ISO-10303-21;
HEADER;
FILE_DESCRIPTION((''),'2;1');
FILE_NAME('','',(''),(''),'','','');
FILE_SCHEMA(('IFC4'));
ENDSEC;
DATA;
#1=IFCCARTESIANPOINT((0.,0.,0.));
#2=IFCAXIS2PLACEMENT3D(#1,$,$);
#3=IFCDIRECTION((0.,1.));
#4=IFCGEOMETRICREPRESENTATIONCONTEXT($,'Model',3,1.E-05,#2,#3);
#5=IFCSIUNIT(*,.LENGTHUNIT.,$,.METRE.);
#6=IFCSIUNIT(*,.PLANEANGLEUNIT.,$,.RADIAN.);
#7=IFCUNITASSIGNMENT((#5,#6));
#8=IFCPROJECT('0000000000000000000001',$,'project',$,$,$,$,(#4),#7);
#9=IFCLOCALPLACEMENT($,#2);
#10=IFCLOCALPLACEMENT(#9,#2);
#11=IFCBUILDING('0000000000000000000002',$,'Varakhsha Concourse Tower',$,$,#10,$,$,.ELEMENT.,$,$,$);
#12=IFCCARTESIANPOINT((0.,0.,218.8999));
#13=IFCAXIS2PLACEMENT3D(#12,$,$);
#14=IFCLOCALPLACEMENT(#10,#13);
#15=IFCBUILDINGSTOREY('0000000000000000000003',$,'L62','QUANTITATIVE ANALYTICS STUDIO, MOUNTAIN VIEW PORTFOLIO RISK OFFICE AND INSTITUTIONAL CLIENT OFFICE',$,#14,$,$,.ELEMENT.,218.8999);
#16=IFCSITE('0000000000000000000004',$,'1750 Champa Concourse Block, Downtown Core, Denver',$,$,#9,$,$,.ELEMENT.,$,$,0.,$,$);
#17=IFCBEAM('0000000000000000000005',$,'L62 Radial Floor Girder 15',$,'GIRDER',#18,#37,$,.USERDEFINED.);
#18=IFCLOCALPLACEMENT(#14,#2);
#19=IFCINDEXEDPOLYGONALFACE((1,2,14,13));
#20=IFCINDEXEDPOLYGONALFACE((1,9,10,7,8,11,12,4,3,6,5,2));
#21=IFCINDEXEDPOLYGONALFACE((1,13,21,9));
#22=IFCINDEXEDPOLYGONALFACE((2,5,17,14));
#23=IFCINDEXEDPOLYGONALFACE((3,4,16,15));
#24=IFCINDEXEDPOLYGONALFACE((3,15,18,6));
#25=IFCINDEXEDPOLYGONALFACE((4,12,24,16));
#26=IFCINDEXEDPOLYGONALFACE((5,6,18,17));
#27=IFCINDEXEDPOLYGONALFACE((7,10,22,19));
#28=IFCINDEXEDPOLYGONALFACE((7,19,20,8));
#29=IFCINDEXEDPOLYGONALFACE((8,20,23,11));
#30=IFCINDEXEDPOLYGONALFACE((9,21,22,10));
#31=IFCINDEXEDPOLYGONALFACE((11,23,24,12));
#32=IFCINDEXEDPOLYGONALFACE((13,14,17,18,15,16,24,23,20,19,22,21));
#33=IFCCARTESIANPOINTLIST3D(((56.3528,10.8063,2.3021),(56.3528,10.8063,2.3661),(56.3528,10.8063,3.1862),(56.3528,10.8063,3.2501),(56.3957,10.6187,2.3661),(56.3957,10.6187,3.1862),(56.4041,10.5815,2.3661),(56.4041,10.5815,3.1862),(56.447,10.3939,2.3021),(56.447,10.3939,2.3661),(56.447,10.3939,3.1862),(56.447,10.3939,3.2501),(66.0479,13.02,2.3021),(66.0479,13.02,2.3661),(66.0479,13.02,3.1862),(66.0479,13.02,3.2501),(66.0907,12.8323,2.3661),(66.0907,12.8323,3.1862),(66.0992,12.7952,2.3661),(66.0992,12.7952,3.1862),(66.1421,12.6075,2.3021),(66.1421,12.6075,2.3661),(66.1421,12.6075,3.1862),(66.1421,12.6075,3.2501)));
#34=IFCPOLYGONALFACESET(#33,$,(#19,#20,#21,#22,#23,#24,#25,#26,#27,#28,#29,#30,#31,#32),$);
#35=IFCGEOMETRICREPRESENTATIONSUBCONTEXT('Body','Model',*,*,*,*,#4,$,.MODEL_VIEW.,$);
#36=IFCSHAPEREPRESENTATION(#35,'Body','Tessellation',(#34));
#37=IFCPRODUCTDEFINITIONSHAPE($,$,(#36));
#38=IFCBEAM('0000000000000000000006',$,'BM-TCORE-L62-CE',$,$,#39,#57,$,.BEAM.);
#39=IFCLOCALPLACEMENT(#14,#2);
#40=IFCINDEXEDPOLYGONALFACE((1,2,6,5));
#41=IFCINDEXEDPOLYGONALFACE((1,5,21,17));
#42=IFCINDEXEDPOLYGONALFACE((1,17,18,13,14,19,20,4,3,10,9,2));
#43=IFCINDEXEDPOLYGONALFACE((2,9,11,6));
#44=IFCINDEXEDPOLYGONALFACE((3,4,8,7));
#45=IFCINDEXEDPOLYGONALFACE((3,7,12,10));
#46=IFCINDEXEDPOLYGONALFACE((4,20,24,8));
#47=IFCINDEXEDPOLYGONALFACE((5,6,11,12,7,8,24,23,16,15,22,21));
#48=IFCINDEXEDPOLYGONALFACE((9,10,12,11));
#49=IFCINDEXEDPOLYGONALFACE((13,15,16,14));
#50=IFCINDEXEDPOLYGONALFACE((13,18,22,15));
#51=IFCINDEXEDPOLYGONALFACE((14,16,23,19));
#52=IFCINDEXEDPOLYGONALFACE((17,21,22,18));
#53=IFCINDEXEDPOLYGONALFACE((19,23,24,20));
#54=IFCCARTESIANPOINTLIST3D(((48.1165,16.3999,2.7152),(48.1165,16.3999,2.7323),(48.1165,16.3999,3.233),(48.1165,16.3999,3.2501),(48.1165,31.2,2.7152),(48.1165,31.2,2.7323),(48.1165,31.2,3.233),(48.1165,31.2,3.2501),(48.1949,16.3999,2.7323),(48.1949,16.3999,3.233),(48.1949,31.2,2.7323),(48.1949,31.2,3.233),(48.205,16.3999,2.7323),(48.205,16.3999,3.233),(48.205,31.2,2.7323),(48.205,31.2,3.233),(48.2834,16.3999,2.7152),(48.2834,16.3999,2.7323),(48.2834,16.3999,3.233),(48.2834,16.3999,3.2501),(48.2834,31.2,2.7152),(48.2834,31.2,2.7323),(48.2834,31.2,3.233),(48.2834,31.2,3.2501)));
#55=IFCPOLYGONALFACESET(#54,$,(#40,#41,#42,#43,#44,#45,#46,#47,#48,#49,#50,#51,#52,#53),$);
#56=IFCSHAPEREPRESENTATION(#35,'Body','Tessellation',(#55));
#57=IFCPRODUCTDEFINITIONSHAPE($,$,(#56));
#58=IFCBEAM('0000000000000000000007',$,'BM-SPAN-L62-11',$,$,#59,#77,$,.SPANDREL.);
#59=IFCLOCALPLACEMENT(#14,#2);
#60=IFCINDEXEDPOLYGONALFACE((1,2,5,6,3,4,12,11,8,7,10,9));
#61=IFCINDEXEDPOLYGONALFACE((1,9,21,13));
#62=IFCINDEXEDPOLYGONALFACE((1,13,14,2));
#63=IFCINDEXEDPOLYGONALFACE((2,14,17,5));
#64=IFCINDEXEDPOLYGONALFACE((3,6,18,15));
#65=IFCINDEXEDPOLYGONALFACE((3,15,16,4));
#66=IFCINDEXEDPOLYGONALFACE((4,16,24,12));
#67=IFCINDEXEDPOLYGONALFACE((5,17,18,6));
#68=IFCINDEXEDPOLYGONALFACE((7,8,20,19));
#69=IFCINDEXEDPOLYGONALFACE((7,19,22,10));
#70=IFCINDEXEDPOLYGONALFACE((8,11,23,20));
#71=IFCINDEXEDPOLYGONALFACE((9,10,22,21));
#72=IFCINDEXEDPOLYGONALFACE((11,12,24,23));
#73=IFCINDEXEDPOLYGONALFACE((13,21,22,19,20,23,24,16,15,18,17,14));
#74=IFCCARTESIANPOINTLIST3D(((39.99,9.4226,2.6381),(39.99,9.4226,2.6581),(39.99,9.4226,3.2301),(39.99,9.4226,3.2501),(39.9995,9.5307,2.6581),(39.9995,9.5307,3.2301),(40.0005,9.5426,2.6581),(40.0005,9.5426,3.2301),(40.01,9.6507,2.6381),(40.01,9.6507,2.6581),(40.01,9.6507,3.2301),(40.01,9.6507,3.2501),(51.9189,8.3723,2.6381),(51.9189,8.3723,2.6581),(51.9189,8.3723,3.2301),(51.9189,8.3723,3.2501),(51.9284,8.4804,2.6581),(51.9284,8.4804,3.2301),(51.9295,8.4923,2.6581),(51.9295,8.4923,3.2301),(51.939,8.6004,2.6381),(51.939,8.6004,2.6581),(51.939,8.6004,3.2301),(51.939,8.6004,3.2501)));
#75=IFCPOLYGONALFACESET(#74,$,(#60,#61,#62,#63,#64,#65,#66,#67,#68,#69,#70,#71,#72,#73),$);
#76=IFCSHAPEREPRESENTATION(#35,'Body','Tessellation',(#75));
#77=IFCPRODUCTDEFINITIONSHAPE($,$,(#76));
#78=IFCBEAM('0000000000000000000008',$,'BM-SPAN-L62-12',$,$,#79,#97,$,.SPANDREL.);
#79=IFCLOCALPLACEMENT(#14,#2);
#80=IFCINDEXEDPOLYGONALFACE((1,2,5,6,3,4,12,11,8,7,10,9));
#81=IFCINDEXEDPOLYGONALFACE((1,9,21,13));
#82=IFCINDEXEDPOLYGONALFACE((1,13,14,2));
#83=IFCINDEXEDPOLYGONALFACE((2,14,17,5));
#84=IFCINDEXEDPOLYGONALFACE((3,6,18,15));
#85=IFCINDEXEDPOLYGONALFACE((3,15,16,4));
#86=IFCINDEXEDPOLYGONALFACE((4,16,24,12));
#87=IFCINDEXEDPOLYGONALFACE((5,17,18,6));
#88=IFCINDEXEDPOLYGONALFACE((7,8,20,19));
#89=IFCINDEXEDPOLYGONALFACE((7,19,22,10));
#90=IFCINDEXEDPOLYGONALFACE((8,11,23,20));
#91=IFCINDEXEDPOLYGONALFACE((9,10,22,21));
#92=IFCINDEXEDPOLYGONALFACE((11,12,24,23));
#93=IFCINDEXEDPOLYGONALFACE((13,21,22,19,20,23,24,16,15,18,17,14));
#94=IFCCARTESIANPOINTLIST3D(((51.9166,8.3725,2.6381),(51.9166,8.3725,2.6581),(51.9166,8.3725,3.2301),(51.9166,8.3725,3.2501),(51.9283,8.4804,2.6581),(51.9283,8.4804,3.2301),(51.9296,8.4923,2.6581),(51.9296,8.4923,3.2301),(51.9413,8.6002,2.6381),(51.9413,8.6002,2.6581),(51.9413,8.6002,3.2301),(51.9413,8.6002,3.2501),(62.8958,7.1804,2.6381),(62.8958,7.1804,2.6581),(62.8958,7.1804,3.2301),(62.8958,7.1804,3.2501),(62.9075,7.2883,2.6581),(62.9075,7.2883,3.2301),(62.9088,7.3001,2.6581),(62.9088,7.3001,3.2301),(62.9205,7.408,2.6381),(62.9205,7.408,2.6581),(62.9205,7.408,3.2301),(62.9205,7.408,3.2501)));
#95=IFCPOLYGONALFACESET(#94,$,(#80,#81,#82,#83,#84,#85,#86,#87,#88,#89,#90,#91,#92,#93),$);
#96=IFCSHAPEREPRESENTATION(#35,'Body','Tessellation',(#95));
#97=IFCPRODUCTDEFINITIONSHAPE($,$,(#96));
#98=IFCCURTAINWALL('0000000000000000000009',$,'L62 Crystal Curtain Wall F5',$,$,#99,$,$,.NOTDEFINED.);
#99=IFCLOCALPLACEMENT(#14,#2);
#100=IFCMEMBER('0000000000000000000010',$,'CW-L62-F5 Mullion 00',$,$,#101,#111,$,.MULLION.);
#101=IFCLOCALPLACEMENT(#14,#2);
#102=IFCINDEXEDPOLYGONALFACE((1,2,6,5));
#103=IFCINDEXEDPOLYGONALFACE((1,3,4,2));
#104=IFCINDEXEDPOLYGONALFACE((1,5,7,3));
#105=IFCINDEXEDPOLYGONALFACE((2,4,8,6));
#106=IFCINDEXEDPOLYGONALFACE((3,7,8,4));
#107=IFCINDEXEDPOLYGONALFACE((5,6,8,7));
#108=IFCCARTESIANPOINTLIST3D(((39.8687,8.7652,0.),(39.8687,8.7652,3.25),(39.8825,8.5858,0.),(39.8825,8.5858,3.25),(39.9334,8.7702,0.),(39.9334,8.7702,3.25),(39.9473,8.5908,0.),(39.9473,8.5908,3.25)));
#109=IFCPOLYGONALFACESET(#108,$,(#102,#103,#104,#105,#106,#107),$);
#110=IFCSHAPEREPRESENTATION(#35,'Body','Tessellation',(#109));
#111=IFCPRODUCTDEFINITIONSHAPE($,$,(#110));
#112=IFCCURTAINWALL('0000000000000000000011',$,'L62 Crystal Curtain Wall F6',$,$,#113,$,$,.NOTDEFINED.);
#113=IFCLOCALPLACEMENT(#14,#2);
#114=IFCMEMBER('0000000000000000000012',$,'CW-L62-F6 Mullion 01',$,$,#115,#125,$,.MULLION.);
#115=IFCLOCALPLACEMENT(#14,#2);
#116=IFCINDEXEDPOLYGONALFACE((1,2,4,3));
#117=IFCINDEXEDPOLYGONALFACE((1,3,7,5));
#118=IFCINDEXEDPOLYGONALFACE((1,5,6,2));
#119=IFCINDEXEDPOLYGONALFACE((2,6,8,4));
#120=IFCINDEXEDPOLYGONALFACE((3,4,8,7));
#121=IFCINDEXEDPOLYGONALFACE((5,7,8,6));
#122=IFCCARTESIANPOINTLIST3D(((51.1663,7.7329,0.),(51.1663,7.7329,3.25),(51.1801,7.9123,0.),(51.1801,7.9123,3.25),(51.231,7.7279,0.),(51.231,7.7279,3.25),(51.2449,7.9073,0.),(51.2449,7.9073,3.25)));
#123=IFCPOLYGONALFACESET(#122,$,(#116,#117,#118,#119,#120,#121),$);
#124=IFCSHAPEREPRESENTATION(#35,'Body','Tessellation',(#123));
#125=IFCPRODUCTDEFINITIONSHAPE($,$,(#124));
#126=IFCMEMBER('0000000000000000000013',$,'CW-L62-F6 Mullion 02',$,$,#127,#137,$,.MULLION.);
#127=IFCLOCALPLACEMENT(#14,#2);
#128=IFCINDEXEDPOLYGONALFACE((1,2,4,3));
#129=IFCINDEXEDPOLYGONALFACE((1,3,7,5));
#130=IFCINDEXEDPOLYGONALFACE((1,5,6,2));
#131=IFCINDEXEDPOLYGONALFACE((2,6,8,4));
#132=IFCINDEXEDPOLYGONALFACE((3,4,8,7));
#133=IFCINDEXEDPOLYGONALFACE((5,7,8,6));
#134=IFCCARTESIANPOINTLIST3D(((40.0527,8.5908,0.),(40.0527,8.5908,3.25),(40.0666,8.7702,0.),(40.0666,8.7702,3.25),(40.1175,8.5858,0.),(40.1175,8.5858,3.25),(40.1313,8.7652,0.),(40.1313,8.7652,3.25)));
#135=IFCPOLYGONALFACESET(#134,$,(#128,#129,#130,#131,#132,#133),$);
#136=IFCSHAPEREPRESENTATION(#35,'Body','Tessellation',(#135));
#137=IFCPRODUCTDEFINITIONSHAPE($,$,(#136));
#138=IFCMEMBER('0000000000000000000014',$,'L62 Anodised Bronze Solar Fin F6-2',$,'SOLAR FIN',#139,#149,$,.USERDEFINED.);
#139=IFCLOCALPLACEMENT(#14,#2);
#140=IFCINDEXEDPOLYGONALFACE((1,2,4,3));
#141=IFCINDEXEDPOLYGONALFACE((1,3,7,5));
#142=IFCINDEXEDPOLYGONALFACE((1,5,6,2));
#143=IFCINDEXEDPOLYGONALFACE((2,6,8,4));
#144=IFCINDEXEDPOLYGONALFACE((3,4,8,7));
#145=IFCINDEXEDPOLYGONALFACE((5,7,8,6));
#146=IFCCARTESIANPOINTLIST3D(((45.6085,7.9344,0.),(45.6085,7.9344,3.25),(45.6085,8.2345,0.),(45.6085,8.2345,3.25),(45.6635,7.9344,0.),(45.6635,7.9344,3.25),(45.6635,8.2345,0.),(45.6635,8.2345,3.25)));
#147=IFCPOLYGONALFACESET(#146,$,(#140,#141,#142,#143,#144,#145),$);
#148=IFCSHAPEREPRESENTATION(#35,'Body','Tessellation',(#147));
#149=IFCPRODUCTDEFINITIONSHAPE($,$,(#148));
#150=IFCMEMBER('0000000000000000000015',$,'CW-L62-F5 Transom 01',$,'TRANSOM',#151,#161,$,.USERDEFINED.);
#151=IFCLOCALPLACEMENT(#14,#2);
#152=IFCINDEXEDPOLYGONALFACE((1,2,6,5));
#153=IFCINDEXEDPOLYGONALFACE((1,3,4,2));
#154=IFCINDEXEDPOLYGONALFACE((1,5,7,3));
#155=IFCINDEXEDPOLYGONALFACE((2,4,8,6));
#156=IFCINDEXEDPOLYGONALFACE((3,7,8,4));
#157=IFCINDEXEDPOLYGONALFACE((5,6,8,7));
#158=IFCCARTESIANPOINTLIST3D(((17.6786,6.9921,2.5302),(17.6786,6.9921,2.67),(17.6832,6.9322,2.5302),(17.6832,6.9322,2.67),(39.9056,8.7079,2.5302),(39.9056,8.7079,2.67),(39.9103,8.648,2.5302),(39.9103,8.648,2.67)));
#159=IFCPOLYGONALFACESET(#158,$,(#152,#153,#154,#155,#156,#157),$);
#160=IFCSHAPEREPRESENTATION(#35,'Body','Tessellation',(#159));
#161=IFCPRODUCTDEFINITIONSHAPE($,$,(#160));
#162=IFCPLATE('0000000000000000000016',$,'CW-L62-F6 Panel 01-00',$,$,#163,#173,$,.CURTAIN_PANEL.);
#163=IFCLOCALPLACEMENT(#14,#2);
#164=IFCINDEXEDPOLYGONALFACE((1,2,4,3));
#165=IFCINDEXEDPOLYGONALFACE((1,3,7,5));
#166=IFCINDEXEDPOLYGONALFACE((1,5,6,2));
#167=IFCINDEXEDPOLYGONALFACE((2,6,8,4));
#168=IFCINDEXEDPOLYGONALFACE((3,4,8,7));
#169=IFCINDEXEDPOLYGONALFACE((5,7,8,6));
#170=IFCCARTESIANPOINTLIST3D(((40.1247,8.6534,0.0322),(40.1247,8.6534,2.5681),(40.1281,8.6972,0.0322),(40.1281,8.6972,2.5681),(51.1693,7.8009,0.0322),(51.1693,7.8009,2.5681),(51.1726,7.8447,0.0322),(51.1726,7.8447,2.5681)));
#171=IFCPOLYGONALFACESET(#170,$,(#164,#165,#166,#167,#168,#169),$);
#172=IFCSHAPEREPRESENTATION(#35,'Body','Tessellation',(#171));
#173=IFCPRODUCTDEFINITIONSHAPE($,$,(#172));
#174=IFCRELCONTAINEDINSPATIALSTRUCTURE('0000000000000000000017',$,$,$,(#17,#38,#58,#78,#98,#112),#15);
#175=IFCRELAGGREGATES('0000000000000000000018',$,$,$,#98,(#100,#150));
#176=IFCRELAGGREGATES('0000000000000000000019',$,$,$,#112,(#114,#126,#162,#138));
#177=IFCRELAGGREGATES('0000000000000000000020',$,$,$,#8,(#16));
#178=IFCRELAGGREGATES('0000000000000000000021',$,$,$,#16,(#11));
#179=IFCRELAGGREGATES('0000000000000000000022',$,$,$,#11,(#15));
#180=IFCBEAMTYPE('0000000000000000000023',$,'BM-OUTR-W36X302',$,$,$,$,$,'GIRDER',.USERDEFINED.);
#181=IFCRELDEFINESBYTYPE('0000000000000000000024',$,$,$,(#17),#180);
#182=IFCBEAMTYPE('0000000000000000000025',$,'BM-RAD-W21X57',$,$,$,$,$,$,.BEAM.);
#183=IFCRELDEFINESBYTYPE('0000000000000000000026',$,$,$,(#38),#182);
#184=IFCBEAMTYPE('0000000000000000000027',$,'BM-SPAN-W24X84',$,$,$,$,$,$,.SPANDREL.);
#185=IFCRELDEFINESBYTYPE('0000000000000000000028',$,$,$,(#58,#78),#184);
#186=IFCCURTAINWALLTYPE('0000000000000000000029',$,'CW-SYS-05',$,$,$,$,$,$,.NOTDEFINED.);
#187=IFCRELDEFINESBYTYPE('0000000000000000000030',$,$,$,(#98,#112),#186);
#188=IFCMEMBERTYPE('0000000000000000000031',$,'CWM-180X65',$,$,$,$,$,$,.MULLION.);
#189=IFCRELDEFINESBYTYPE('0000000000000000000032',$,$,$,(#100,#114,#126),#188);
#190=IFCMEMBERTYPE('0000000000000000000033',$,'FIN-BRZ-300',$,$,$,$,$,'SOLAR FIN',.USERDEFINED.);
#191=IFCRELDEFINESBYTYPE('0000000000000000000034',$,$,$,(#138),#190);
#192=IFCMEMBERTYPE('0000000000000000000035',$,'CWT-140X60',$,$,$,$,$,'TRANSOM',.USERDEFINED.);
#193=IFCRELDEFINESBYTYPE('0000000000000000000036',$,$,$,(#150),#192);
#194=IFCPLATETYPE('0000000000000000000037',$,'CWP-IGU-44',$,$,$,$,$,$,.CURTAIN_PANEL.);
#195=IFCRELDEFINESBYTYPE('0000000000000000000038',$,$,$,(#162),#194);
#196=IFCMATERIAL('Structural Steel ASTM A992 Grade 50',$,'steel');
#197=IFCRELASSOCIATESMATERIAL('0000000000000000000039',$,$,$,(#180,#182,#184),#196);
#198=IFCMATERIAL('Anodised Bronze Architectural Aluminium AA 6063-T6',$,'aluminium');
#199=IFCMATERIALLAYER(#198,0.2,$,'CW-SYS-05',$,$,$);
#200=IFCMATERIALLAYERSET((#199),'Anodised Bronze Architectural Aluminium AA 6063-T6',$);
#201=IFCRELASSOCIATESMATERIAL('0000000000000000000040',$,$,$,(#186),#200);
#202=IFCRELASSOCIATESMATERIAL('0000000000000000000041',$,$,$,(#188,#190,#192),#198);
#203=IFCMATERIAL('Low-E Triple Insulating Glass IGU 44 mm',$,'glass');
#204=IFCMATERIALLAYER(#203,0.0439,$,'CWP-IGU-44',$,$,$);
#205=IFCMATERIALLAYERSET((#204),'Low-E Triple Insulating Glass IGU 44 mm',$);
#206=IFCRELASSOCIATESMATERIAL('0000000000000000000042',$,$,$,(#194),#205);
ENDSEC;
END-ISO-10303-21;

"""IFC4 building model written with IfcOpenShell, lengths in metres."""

from ifc_helpers import new_model, si_unit, direction, frame, origin, origin_2d, place, context, subcontext, project, spatial, rectangle, i_section, extrude, source, transform, mapped, material, layer, layer_set, material_profile, profile_set, type_object, type_shapes, element, aggregate, save


model = new_model("IFC4")

# Units and contexts
model_context = context("Model", 3, precision=1e-05, world=origin(), true_north=direction((0.0, 1.0)))
body_context = subcontext(model_context, "Body", "Model", "MODEL_VIEW")
ifc_project = project(units=[si_unit("LENGTHUNIT", "METRE"), si_unit("PLANEANGLEUNIT", "RADIAN")], contexts=[model_context])

# Site, building, storey
site_placement = place(None, origin())
site = spatial("IfcSite", under=ifc_project, at=site_placement, Name="1750 Champa Concourse Block, Downtown Core, Denver", CompositionType="ELEMENT", RefElevation=0.0)
building_placement = place(site_placement, origin())
building = spatial("IfcBuilding", under=site, at=building_placement, Name="Varakhsha Concourse Tower", CompositionType="ELEMENT")
storey_placement = place(building_placement, frame((0.0, 0.0, 218.8999)))
storey = spatial("IfcBuildingStorey", under=building, at=storey_placement, Name="L62", Description="QUANTITATIVE ANALYTICS STUDIO, MOUNTAIN VIEW PORTFOLIO RISK OFFICE AND INSTITUTIONAL CLIENT OFFICE", CompositionType="ELEMENT", Elevation=218.8999)

# Shared definitions
ifc_material_1 = material(Name="Structural Steel ASTM A992 Grade 50", Category="steel")

# Beams
ifc_material_profile_1 = material_profile(ifc_material_1, i_section(OverallWidth=0.4231, OverallDepth=0.948, WebThickness=0.0381, FlangeThickness=0.064, at=origin_2d()), Name="W36X302")
ifc_profile_set_1 = profile_set([ifc_material_profile_1], Name="Structural Steel ASTM A992 Grade 50")
beam_type_1 = type_object("IfcBeamType", Name="BM-OUTR-W36X302", ElementType="GIRDER", PredefinedType="USERDEFINED", material=ifc_profile_set_1)
beam_1_placement = place(storey_placement, frame((56.3999, 10.6001, 2.7761), z_axis=(0.974911, 0.222596, 0.0), x_axis=(-0.222596, 0.974911, 0.0)))
element("IfcBeam", 1, at=beam_1_placement, inside=storey, type_object=beam_type_1, Name="L62 Radial Floor Girder 15", ObjectType="GIRDER", PredefinedType="USERDEFINED", context=body_context, shape_type="SweptSolid", body=[
    extrude(i_section(OverallWidth=0.4231, OverallDepth=0.948, WebThickness=0.0381, FlangeThickness=0.064, at=origin_2d()), origin(), (0.0, 0.0, 1.0), 9.9446),
])
ifc_material_profile_2 = material_profile(ifc_material_1, i_section(OverallWidth=0.167, OverallDepth=0.5349, WebThickness=0.01, FlangeThickness=0.0171, at=origin_2d()), Name="W21X57")
ifc_profile_set_2 = profile_set([ifc_material_profile_2], Name="Structural Steel ASTM A992 Grade 50")
beam_type_2 = type_object("IfcBeamType", Name="BM-RAD-W21X57", PredefinedType="BEAM", material=ifc_profile_set_2)
beam_2_placement = place(storey_placement, frame((48.2, 16.3999, 2.9827), z_axis=(0.0, 1.0, 0.0), x_axis=(-1.0, 0.0, 0.0)))
element("IfcBeam", 2, at=beam_2_placement, inside=storey, type_object=beam_type_2, Name="BM-TCORE-L62-CE", PredefinedType="BEAM", context=body_context, shape_type="SweptSolid", body=[
    extrude(i_section(OverallWidth=0.167, OverallDepth=0.5349, WebThickness=0.01, FlangeThickness=0.0171, at=origin_2d()), origin(), (0.0, 0.0, 1.0), 14.8),
])
ifc_material_profile_3 = material_profile(ifc_material_1, i_section(OverallWidth=0.229, OverallDepth=0.6121, WebThickness=0.012, FlangeThickness=0.02, at=origin_2d()), Name="W24X84")
ifc_profile_set_3 = profile_set([ifc_material_profile_3], Name="Structural Steel ASTM A992 Grade 50")
beam_type_3 = type_object("IfcBeamType", Name="BM-SPAN-W24X84", PredefinedType="SPANDREL", material=ifc_profile_set_3)
beam_3_placement = place(storey_placement, frame((40.0, 9.5366, 2.9441), z_axis=(0.996146, -0.087706, 0.0), x_axis=(0.087706, 0.996146, 0.0)))
element("IfcBeam", 3, at=beam_3_placement, inside=storey, type_object=beam_type_3, Name="BM-SPAN-L62-11", PredefinedType="SPANDREL", context=body_context, shape_type="SweptSolid", body=[
    extrude(i_section(OverallWidth=0.229, OverallDepth=0.6121, WebThickness=0.012, FlangeThickness=0.02, at=origin_2d()), origin(), (0.0, 0.0, 1.0), 11.9751),
])
beam_4_placement = place(storey_placement, frame((51.929, 8.4863, 2.9441), z_axis=(0.994157, -0.107947, 0.0), x_axis=(0.107947, 0.994157, 0.0)))
element("IfcBeam", 4, at=beam_4_placement, inside=storey, type_object=beam_type_3, Name="BM-SPAN-L62-12", PredefinedType="SPANDREL", context=body_context, shape_type="SweptSolid", body=[
    extrude(i_section(OverallWidth=0.229, OverallDepth=0.6121, WebThickness=0.012, FlangeThickness=0.02, at=origin_2d()), origin(), (0.0, 0.0, 1.0), 11.0437),
])

# Curtain wall, member
ifc_material_2 = material(Name="Anodised Bronze Architectural Aluminium AA 6063-T6", Category="aluminium")
ifc_layer_1 = layer(ifc_material_2, 0.2, Name="CW-SYS-05")
ifc_layer_set_1 = layer_set([ifc_layer_1], Name="Anodised Bronze Architectural Aluminium AA 6063-T6")
curtain_wall_type = type_object("IfcCurtainWallType", Name="CW-SYS-05", PredefinedType="NOTDEFINED", material=ifc_layer_set_1)
curtain_wall_1_placement = place(storey_placement, origin())
curtain_wall_1 = element("IfcCurtainWall", 5, at=curtain_wall_1_placement, inside=storey, type_object=curtain_wall_type, Name="L62 Crystal Curtain Wall F5", PredefinedType="NOTDEFINED")
ifc_material_profile_4 = material_profile(ifc_material_2, rectangle(XDim=0.0649, YDim=0.1799, at=origin_2d()), Name="CWM-180X65")
ifc_profile_set_4 = profile_set([ifc_material_profile_4], Name="Anodised Bronze Architectural Aluminium AA 6063-T6")
member_type_1 = type_object("IfcMemberType", Name="CWM-180X65", PredefinedType="MULLION", material=ifc_profile_set_4)
shared_shape_1 = source(origin(), body_context, "Body", "SweptSolid", [
    extrude(rectangle(XDim=0.0649, YDim=0.1799, at=origin_2d()), origin(), (0.0, 0.0, 1.0), 3.25),
])
type_shapes(member_type_1, [shared_shape_1])
member_1_placement = place(storey_placement, frame((39.908, 8.678, 0.0), z_axis=(0.0, 0.0, 1.0), x_axis=(-0.997034, -0.076961, 0.0)))
member_1 = element("IfcMember", 6, at=member_1_placement, type_object=member_type_1, Name="CW-L62-F5 Mullion 00", PredefinedType="MULLION", context=body_context, shape_type="MappedRepresentation", body=[
    mapped(shared_shape_1, transform((0.0, 0.0, 0.0), scale=1.0)),
])

# Curtain wall, members
curtain_wall_2_placement = place(storey_placement, origin())
curtain_wall_2 = element("IfcCurtainWall", 7, at=curtain_wall_2_placement, inside=storey, type_object=curtain_wall_type, Name="L62 Crystal Curtain Wall F6", PredefinedType="NOTDEFINED")
member_2_placement = place(storey_placement, frame((51.2056, 7.8201, 0.0), z_axis=(0.0, 0.0, 1.0), x_axis=(-0.997034, 0.076961, 0.0)))
member_2 = element("IfcMember", 8, at=member_2_placement, type_object=member_type_1, Name="CW-L62-F6 Mullion 01", PredefinedType="MULLION", context=body_context, shape_type="MappedRepresentation", body=[
    mapped(shared_shape_1, transform((0.0, 0.0, 0.0), scale=1.0)),
])
member_3_placement = place(storey_placement, frame((40.092, 8.678, 0.0), z_axis=(0.0, 0.0, 1.0), x_axis=(-0.997034, 0.076961, 0.0)))
member_3 = element("IfcMember", 9, at=member_3_placement, type_object=member_type_1, Name="CW-L62-F6 Mullion 02", PredefinedType="MULLION", context=body_context, shape_type="MappedRepresentation", body=[
    mapped(shared_shape_1, transform((0.0, 0.0, 0.0), scale=1.0)),
])
ifc_material_profile_5 = material_profile(ifc_material_2, rectangle(XDim=0.0549, YDim=0.3, at=origin_2d()), Name="FIN-BRZ-300")
ifc_profile_set_5 = profile_set([ifc_material_profile_5], Name="Anodised Bronze Architectural Aluminium AA 6063-T6")
member_type_2 = type_object("IfcMemberType", Name="FIN-BRZ-300", ElementType="SOLAR FIN", PredefinedType="USERDEFINED", material=ifc_profile_set_5)
shared_shape_2 = source(origin(), body_context, "Body", "SweptSolid", [
    extrude(rectangle(XDim=0.0549, YDim=0.3, at=origin_2d()), origin(), (0.0, 0.0, 1.0), 3.25),
])
type_shapes(member_type_2, [shared_shape_2])
member_4_placement = place(storey_placement, frame((45.636, 8.0845, 0.0), z_axis=(0.0, 0.0, 1.0), x_axis=(1.0, 0.0, 0.0)))
member_4 = element("IfcMember", 10, at=member_4_placement, type_object=member_type_2, Name="L62 Anodised Bronze Solar Fin F6-2", ObjectType="SOLAR FIN", PredefinedType="USERDEFINED", context=body_context, shape_type="MappedRepresentation", body=[
    mapped(shared_shape_2, transform((0.0, 0.0, 0.0), scale=1.0)),
])

# Member
ifc_material_profile_6 = material_profile(ifc_material_2, rectangle(XDim=0.0601, YDim=0.1399, at=origin_2d()), Name="CWT-140X60")
ifc_profile_set_6 = profile_set([ifc_material_profile_6], Name="Anodised Bronze Architectural Aluminium AA 6063-T6")
member_type_3 = type_object("IfcMemberType", Name="CWT-140X60", ElementType="TRANSOM", PredefinedType="USERDEFINED", material=ifc_profile_set_6)
shared_shape_3 = source(origin(), body_context, "Body", "SweptSolid", [
    extrude(rectangle(XDim=0.0601, YDim=0.1399, at=origin_2d()), origin(), (0.0, 0.0, 1.0), 22.2932),
])
type_shapes(member_type_3, [shared_shape_3])
member_5_placement = place(storey_placement, frame((39.908, 8.678, 2.6001), z_axis=(-0.997034, -0.076966, 0.0), x_axis=(0.076966, -0.997034, 0.0)))
member_5 = element("IfcMember", 11, at=member_5_placement, type_object=member_type_3, Name="CW-L62-F5 Transom 01", ObjectType="TRANSOM", PredefinedType="USERDEFINED", context=body_context, shape_type="MappedRepresentation", body=[
    mapped(shared_shape_3, transform((0.0, 0.0, 0.0), scale=1.0)),
])
aggregate(curtain_wall_1, [member_1, member_5])

# Plate
ifc_material_3 = material(Name="Low-E Triple Insulating Glass IGU 44 mm", Category="glass")
ifc_layer_2 = layer(ifc_material_3, 0.0439, Name="CWP-IGU-44")
ifc_layer_set_2 = layer_set([ifc_layer_2], Name="Low-E Triple Insulating Glass IGU 44 mm")
plate_type_1 = type_object("IfcPlateType", Name="CWP-IGU-44", PredefinedType="CURTAIN_PANEL", material=ifc_layer_set_2)
shared_shape_4 = source(origin(), body_context, "Body", "SweptSolid", [
    extrude(rectangle(XDim=11.0774, YDim=0.0439, at=origin_2d()), origin(), (0.0, 0.0, 1.0), 2.5359),
])
type_shapes(plate_type_1, [shared_shape_4])
plate_1_placement = place(storey_placement, frame((45.6487, 8.249, 0.0322), z_axis=(0.0, 0.0, 1.0), x_axis=(-0.997034, 0.076961, 0.0)))
plate_1 = element("IfcPlate", 12, at=plate_1_placement, type_object=plate_type_1, Name="CW-L62-F6 Panel 01-00", PredefinedType="CURTAIN_PANEL", context=body_context, shape_type="MappedRepresentation", body=[
    mapped(shared_shape_4, transform((0.0, 0.0, 0.0), scale=1.0)),
])
aggregate(curtain_wall_2, [member_2, member_3, plate_1, member_4])

save(model, "model.ifc")
